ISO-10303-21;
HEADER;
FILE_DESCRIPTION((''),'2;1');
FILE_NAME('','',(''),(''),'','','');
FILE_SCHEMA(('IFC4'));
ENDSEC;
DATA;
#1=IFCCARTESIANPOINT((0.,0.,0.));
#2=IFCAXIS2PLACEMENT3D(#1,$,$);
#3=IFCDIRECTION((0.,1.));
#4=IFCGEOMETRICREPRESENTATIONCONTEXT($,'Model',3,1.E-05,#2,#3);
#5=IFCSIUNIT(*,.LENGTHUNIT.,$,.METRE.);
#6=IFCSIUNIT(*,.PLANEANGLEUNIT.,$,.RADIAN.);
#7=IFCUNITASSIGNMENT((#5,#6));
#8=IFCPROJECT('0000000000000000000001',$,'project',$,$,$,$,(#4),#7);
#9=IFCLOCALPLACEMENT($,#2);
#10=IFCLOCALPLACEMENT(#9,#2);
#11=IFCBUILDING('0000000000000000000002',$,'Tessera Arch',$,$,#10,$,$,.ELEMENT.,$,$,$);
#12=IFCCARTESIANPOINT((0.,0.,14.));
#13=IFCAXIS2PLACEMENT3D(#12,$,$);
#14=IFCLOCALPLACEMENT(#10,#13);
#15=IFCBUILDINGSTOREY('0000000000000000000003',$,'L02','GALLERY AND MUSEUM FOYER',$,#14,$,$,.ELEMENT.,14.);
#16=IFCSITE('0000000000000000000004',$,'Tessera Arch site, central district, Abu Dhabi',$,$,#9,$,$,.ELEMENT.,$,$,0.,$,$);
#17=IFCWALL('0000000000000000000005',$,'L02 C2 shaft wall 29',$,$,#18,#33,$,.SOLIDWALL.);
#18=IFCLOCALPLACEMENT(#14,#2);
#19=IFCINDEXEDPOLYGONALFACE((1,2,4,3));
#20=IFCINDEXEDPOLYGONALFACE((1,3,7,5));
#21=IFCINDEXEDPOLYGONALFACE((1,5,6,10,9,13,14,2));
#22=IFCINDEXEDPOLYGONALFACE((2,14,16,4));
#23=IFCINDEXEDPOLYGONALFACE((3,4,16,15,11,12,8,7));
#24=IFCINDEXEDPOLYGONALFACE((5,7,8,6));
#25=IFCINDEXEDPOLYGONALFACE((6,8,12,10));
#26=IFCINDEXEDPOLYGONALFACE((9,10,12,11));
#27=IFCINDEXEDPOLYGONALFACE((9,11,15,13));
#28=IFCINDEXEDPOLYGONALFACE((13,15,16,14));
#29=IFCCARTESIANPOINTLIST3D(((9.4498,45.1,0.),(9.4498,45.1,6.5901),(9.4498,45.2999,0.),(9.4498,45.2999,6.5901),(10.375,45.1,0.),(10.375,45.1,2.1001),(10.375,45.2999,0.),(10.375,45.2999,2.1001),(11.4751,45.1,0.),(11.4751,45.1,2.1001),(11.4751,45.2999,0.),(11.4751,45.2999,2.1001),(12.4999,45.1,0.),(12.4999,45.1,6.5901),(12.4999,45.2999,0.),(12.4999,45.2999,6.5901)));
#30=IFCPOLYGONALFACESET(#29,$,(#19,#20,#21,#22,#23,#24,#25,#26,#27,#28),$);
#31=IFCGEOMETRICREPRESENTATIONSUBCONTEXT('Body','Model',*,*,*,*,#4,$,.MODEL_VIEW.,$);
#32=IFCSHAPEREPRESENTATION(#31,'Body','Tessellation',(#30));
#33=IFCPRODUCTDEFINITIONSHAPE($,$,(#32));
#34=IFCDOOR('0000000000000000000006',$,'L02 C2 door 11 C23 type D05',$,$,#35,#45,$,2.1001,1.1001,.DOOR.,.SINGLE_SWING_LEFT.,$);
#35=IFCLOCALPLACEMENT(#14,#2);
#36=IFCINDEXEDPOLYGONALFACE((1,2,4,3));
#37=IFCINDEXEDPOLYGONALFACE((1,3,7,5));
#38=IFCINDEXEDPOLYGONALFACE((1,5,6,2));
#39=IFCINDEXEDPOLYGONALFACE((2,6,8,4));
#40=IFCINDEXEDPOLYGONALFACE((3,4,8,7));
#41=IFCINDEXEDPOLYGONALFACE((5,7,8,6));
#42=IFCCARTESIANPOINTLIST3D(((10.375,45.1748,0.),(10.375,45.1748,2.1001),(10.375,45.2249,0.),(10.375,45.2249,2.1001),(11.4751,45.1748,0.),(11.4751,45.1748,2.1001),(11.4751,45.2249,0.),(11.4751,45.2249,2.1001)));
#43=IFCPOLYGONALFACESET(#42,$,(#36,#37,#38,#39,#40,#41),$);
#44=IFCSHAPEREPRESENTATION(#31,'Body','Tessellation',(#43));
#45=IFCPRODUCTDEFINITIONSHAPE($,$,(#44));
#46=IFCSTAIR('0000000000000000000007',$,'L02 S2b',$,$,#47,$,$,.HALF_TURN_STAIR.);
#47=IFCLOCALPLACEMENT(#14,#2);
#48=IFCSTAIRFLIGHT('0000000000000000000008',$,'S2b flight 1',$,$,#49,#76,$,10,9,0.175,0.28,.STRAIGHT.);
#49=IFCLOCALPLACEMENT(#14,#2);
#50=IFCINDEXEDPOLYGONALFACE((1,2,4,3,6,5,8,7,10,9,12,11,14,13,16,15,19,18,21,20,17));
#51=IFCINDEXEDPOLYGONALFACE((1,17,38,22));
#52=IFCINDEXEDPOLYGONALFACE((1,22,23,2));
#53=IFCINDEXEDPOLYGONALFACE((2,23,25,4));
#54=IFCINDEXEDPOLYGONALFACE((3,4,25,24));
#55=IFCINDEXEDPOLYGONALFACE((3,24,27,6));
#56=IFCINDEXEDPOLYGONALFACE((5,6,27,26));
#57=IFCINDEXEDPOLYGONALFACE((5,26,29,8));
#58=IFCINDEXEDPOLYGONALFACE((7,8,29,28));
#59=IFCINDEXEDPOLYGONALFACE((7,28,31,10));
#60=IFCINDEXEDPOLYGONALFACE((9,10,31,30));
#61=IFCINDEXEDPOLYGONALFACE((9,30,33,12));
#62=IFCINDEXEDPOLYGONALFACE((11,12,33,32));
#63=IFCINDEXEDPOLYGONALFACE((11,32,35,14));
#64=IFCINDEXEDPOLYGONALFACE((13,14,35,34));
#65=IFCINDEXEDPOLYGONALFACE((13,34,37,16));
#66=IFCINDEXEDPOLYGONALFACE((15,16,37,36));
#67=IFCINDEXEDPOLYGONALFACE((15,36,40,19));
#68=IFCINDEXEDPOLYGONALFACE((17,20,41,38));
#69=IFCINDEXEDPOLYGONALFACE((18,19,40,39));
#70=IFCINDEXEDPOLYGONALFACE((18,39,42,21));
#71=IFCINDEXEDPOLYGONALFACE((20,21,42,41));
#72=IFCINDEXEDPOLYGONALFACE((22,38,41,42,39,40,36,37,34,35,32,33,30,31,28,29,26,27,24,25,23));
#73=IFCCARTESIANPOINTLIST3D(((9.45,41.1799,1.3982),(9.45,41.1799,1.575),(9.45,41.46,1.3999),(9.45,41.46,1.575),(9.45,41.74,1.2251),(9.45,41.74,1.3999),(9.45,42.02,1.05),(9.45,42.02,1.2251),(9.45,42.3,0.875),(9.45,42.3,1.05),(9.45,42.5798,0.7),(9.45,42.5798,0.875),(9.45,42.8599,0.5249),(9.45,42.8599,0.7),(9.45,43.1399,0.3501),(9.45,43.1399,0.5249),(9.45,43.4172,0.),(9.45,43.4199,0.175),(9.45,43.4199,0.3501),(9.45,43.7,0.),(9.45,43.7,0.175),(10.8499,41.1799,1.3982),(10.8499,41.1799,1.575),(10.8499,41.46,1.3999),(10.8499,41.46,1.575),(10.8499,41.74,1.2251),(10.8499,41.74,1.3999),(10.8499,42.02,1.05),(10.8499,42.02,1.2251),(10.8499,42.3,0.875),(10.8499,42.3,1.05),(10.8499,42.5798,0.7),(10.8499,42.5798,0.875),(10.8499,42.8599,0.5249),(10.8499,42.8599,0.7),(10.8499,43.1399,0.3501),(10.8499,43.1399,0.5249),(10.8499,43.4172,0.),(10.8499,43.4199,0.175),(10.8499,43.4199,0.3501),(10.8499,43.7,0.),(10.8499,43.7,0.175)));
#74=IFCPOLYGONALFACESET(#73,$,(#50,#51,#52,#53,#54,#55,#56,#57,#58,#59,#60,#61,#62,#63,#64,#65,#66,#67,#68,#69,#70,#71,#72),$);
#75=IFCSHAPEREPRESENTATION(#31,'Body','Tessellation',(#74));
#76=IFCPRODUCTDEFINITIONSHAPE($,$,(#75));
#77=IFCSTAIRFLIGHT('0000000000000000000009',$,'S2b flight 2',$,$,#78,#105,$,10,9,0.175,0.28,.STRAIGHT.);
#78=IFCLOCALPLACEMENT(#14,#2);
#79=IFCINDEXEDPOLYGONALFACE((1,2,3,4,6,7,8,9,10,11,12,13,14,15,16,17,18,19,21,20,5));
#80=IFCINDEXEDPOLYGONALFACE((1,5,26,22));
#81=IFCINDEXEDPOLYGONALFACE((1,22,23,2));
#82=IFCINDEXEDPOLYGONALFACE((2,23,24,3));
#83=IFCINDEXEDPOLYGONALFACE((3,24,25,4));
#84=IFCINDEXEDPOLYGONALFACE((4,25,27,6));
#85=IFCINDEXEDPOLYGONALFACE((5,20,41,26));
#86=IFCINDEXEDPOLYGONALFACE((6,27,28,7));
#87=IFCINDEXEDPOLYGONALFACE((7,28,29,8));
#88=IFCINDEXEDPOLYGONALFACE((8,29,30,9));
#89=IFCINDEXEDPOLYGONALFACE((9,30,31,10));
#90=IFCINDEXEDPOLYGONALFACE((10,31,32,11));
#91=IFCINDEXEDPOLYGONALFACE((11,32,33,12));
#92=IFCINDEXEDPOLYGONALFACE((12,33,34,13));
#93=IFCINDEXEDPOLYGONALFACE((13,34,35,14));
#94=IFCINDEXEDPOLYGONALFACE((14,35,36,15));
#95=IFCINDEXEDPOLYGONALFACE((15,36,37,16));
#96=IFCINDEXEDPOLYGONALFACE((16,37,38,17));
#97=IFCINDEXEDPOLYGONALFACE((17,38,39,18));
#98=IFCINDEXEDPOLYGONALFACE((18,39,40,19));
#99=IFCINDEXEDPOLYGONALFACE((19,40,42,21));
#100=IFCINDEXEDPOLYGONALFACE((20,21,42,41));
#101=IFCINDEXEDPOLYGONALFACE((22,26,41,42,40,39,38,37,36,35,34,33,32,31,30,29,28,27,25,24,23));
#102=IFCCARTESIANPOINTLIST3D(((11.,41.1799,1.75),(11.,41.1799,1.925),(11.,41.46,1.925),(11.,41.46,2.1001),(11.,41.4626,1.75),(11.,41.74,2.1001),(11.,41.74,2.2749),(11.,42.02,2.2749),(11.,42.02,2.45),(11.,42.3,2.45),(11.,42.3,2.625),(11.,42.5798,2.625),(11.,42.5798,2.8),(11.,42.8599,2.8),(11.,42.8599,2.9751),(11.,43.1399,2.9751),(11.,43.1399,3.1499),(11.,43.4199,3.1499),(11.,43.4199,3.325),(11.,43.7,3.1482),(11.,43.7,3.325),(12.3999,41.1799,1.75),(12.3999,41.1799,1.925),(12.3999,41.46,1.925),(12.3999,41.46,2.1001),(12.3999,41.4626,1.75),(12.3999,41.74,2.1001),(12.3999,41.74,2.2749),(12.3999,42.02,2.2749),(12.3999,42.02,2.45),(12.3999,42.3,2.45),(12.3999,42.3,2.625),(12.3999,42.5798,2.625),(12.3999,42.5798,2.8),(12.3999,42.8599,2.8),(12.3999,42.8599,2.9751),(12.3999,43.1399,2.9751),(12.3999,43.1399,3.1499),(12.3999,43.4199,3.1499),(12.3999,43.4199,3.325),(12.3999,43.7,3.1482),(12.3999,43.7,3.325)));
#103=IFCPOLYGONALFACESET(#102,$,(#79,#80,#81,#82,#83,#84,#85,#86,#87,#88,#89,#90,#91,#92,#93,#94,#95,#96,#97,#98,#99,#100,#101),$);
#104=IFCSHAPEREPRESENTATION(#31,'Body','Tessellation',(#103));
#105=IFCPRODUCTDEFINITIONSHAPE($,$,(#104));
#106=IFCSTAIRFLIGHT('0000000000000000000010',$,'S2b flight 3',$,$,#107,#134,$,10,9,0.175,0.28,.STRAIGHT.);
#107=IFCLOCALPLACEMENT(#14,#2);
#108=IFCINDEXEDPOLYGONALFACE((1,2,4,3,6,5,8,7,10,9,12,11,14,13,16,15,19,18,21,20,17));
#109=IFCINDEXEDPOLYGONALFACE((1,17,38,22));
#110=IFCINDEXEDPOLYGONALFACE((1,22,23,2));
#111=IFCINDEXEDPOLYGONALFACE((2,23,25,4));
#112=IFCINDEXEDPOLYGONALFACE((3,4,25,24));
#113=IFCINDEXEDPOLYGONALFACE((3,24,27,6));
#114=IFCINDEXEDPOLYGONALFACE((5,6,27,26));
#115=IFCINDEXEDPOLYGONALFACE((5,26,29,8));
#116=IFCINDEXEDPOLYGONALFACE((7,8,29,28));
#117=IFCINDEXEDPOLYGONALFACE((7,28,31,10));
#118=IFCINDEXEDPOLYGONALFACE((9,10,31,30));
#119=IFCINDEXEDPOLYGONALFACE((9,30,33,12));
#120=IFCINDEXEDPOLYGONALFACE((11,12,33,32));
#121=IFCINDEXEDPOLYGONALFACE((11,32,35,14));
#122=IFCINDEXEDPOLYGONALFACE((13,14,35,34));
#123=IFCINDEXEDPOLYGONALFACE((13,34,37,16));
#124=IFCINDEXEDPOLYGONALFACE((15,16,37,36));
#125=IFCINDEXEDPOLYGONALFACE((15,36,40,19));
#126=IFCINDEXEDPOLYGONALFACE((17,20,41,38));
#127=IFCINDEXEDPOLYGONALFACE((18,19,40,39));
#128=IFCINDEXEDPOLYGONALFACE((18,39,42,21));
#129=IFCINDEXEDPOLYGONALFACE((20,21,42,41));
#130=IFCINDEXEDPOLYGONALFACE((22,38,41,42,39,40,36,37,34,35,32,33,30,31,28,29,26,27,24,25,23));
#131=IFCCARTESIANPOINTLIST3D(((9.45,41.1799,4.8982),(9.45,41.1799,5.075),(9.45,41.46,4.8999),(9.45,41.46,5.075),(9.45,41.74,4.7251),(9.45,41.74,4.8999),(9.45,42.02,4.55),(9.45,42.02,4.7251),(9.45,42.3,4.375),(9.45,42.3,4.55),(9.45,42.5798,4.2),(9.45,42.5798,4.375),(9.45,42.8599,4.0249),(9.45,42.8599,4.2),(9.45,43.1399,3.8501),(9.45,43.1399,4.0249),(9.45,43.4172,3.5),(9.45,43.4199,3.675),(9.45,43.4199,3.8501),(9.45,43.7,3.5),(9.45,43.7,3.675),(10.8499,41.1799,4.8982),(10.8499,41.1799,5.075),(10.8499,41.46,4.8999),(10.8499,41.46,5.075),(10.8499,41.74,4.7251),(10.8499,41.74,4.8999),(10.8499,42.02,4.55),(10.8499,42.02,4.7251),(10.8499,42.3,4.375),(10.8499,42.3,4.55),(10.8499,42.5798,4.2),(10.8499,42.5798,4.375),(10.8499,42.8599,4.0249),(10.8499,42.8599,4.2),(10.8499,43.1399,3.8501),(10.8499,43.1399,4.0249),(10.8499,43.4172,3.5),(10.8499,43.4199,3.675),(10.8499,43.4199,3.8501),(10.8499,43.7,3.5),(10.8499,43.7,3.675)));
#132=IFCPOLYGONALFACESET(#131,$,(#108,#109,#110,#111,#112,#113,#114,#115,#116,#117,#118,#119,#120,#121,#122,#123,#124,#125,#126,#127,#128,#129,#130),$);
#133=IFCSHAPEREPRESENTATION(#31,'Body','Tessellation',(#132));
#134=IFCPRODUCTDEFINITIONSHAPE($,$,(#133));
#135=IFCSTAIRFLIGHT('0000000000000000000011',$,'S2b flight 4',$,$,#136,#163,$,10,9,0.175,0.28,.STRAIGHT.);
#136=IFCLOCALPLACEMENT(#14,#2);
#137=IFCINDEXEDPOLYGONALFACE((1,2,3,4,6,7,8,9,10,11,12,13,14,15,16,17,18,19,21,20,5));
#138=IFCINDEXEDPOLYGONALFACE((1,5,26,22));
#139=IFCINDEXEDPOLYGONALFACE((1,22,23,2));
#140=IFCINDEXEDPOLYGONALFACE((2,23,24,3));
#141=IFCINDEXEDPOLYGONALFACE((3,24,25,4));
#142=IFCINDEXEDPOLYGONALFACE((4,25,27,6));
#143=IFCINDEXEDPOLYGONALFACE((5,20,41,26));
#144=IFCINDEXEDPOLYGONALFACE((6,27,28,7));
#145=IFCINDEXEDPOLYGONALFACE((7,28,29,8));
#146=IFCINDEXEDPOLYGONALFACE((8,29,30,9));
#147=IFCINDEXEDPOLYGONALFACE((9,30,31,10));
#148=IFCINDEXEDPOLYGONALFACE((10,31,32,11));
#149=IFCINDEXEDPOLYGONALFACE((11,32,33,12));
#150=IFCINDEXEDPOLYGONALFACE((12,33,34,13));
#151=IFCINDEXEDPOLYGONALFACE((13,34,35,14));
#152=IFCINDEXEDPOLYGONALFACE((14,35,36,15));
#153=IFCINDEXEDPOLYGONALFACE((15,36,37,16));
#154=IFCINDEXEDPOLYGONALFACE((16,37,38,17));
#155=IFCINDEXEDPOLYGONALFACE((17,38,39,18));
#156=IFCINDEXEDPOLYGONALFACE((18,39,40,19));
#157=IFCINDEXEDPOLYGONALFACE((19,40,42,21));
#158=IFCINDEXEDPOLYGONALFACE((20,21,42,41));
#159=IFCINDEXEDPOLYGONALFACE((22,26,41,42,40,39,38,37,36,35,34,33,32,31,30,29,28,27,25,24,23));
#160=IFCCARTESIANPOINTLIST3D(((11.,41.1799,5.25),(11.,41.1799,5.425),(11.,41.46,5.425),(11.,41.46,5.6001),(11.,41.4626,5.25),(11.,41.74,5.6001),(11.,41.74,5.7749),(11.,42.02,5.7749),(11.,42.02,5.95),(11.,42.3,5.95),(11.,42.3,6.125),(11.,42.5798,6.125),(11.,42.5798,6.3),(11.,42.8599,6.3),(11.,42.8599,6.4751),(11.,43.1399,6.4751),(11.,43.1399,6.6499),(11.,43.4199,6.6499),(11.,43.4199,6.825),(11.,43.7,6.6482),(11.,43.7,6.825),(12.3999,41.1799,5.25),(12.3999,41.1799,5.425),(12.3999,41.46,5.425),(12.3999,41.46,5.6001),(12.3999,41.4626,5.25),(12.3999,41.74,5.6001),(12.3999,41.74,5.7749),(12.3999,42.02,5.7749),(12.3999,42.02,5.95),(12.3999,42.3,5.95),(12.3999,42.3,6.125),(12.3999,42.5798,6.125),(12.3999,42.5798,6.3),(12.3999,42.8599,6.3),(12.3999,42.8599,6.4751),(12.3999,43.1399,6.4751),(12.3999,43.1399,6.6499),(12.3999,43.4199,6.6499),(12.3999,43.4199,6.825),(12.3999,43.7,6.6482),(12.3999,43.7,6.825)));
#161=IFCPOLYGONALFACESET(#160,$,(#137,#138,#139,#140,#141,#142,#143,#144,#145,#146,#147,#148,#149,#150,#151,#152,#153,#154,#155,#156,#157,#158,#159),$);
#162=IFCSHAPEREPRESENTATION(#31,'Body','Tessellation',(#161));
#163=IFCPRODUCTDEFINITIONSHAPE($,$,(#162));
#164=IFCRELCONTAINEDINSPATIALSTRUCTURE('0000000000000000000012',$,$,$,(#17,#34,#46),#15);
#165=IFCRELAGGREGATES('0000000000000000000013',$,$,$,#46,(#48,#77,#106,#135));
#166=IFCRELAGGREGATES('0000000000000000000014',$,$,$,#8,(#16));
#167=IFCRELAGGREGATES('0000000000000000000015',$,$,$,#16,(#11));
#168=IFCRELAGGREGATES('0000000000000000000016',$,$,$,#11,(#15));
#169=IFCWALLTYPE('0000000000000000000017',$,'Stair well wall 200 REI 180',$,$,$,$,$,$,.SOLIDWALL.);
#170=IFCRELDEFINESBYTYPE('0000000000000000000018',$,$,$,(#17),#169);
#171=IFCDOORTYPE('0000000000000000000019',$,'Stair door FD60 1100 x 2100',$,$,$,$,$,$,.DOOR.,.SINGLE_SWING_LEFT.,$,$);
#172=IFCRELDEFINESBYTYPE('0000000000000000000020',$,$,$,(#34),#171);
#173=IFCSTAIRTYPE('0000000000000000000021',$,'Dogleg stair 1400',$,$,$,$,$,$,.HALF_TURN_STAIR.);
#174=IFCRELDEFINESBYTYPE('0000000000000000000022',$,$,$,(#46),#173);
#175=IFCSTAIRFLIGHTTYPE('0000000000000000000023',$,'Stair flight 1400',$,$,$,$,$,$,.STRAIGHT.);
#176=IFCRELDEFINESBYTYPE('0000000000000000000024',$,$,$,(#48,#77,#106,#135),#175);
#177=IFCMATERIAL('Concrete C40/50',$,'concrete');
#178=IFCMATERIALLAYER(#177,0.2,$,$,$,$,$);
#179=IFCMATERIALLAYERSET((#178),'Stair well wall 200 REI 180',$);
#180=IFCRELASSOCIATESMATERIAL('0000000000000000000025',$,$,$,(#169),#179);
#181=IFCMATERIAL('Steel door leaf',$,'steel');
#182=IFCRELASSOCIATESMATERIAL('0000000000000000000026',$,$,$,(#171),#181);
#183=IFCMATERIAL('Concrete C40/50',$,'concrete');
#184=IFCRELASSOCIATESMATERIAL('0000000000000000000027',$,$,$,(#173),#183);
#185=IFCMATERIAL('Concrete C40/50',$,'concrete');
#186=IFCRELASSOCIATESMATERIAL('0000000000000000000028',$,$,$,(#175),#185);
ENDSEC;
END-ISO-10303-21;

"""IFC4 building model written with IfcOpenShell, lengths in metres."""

from ifc_helpers import new_model, si_unit, direction, frame, frame_2d, origin, place, context, subcontext, project, spatial, polyline, rectangle, outline, extrude, material, layer, layer_set, type_object, element, fill, aggregate, save


model = new_model("IFC4")

# Units and contexts
model_context = context("Model", 3, precision=1e-05, world=origin(), true_north=direction((0.0, 1.0)))
body_context = subcontext(model_context, "Body", "Model", "MODEL_VIEW")
ifc_project = project(units=[si_unit("LENGTHUNIT", "METRE"), si_unit("PLANEANGLEUNIT", "RADIAN")], contexts=[model_context])

# Site, building, storey
site_placement = place(None, origin())
site = spatial("IfcSite", under=ifc_project, at=site_placement, Name="Tessera Arch site, central district, Abu Dhabi", CompositionType="ELEMENT", RefElevation=0.0)
building_placement = place(site_placement, origin())
building = spatial("IfcBuilding", under=site, at=building_placement, Name="Tessera Arch", CompositionType="ELEMENT")
storey_placement = place(building_placement, frame((0.0, 0.0, 14.0)))
storey = spatial("IfcBuildingStorey", under=building, at=storey_placement, Name="L02", Description="GALLERY AND MUSEUM FOYER", CompositionType="ELEMENT", Elevation=14.0)

# Shared definitions
ifc_material_1 = material(Name="Concrete C40/50", Category="concrete")
ifc_layer_1 = layer(ifc_material_1, 0.2)
ifc_layer_set_1 = layer_set([ifc_layer_1], Name="Stair well wall 200 REI 180")
wall_type_1 = type_object("IfcWallType", Name="Stair well wall 200 REI 180", PredefinedType="SOLIDWALL", material=ifc_layer_set_1)

# Wall, opening, door
wall_1_placement = place(storey_placement, frame((9.45, 45.2, 0.0), z_axis=(0.0, 0.0, 1.0), x_axis=(1.0, 0.0, 0.0)))
wall_1 = element("IfcWall", 1, at=wall_1_placement, inside=storey, type_object=wall_type_1, Name="L02 C2 shaft wall 29", PredefinedType="SOLIDWALL", context=body_context, shape_type="SweptSolid", body=[
    extrude(rectangle(XDim=3.05, YDim=0.2, at=frame_2d((1.5249, 0.0))), origin(), (0.0, 0.0, 1.0), 6.5901),
])
opening_1_placement = place(wall_1_placement, frame((0.925, 0.0, 0.0)))
opening_1 = element("IfcOpeningElement", 2, at=opening_1_placement, cuts=wall_1, PredefinedType="OPENING", context=body_context, shape_type="SweptSolid", body=[
    extrude(rectangle(XDim=1.1001, YDim=2.1001, at=frame_2d((0.55, 1.05))), frame((0.0, 0.1099, 0.0), z_axis=(0.0, -1.0, 0.0), x_axis=(1.0, 0.0, 0.0)), (0.0, 0.0, 1.0), 0.22),
])
ifc_material_2 = material(Name="Steel door leaf", Category="steel")
door_type_1 = type_object("IfcDoorType", Name="Stair door FD60 1100 x 2100", OperationType="SINGLE_SWING_LEFT", PredefinedType="DOOR", material=ifc_material_2)
door_1_placement = place(opening_1_placement, origin())
door_1 = element("IfcDoor", 3, at=door_1_placement, inside=storey, type_object=door_type_1, Name="L02 C2 door 11 C23 type D05", OperationType="SINGLE_SWING_LEFT", OverallHeight=2.1001, OverallWidth=1.1001, PredefinedType="DOOR", context=body_context, shape_type="SweptSolid", body=[
    extrude(rectangle(XDim=1.1001, YDim=2.1001, at=frame_2d((0.55, 1.05))), frame((0.0, 0.0249, 0.0), z_axis=(0.0, -1.0, 0.0), x_axis=(1.0, 0.0, 0.0)), (0.0, 0.0, 1.0), 0.05),
])
fill(opening_1, door_1)

# Stair, stair flights
ifc_material_3 = material(Name="Concrete C40/50", Category="concrete")
stair_type = type_object("IfcStairType", Name="Dogleg stair 1400", PredefinedType="HALF_TURN_STAIR", material=ifc_material_3)
stair_placement = place(storey_placement, origin())
stair = element("IfcStair", 4, at=stair_placement, inside=storey, type_object=stair_type, Name="L02 S2b", PredefinedType="HALF_TURN_STAIR")
ifc_material_4 = material(Name="Concrete C40/50", Category="concrete")
stair_flight_type = type_object("IfcStairFlightType", Name="Stair flight 1400", PredefinedType="STRAIGHT", material=ifc_material_4)
stair_flight_1_placement = place(storey_placement, frame((10.1499, 43.7, 0.0), z_axis=(0.0, 0.0, 1.0), x_axis=(0.0, -1.0, 0.0)))
stair_flight_1 = element("IfcStairFlight", 5, at=stair_flight_1_placement, type_object=stair_flight_type, Name="S2b flight 1", NumberOfRisers=10, NumberOfTreads=9, PredefinedType="STRAIGHT", RiserHeight=0.175, TreadLength=0.28, context=body_context, shape_type="SweptSolid", body=[
    extrude(outline(polyline([(0.0, 0.0), (0.0, 0.175), (0.28, 0.175), (0.28, 0.3501), (0.5601, 0.3501), (0.5601, 0.5249), (0.8401, 0.5249), (0.8401, 0.7), (1.1201, 0.7), (1.1201, 0.875), (1.3999, 0.875), (1.3999, 1.05), (1.6799, 1.05), (1.6799, 1.2251), (1.96, 1.2251), (1.96, 1.3999), (2.24, 1.3999), (2.24, 1.575), (2.52, 1.575), (2.52, 1.75), (2.52, 1.3982), (0.2827, 0.0), (0.0, 0.0)])), frame((0.0, 0.7, 0.0), z_axis=(0.0, -1.0, 0.0), x_axis=(1.0, 0.0, 0.0)), (0.0, 0.0, 1.0), 1.3999),
])
stair_flight_2_placement = place(storey_placement, frame((11.7, 41.1799, 1.75), z_axis=(0.0, 0.0, 1.0), x_axis=(0.0, 1.0, 0.0)))
stair_flight_2 = element("IfcStairFlight", 6, at=stair_flight_2_placement, type_object=stair_flight_type, Name="S2b flight 2", NumberOfRisers=10, NumberOfTreads=9, PredefinedType="STRAIGHT", RiserHeight=0.175, TreadLength=0.28, context=body_context, shape_type="SweptSolid", body=[
    extrude(outline(polyline([(0.0, 0.0), (0.0, 0.175), (0.28, 0.175), (0.28, 0.3501), (0.5601, 0.3501), (0.5601, 0.5249), (0.8401, 0.5249), (0.8401, 0.7), (1.1201, 0.7), (1.1201, 0.875), (1.3999, 0.875), (1.3999, 1.05), (1.6799, 1.05), (1.6799, 1.2251), (1.96, 1.2251), (1.96, 1.3999), (2.24, 1.3999), (2.24, 1.575), (2.52, 1.575), (2.52, 1.75), (2.52, 1.3982), (0.2827, 0.0), (0.0, 0.0)])), frame((0.0, 0.7, 0.0), z_axis=(0.0, -1.0, 0.0), x_axis=(1.0, 0.0, 0.0)), (0.0, 0.0, 1.0), 1.3999),
])
stair_flight_3_placement = place(storey_placement, frame((10.1499, 43.7, 3.5), z_axis=(0.0, 0.0, 1.0), x_axis=(0.0, -1.0, 0.0)))
stair_flight_3 = element("IfcStairFlight", 7, at=stair_flight_3_placement, type_object=stair_flight_type, Name="S2b flight 3", NumberOfRisers=10, NumberOfTreads=9, PredefinedType="STRAIGHT", RiserHeight=0.175, TreadLength=0.28, context=body_context, shape_type="SweptSolid", body=[
    extrude(outline(polyline([(0.0, 0.0), (0.0, 0.175), (0.28, 0.175), (0.28, 0.3501), (0.5601, 0.3501), (0.5601, 0.5249), (0.8401, 0.5249), (0.8401, 0.7), (1.1201, 0.7), (1.1201, 0.875), (1.3999, 0.875), (1.3999, 1.05), (1.6799, 1.05), (1.6799, 1.2251), (1.96, 1.2251), (1.96, 1.3999), (2.24, 1.3999), (2.24, 1.575), (2.52, 1.575), (2.52, 1.75), (2.52, 1.3982), (0.2827, 0.0), (0.0, 0.0)])), frame((0.0, 0.7, 0.0), z_axis=(0.0, -1.0, 0.0), x_axis=(1.0, 0.0, 0.0)), (0.0, 0.0, 1.0), 1.3999),
])
stair_flight_4_placement = place(storey_placement, frame((11.7, 41.1799, 5.25), z_axis=(0.0, 0.0, 1.0), x_axis=(0.0, 1.0, 0.0)))
stair_flight_4 = element("IfcStairFlight", 8, at=stair_flight_4_placement, type_object=stair_flight_type, Name="S2b flight 4", NumberOfRisers=10, NumberOfTreads=9, PredefinedType="STRAIGHT", RiserHeight=0.175, TreadLength=0.28, context=body_context, shape_type="SweptSolid", body=[
    extrude(outline(polyline([(0.0, 0.0), (0.0, 0.175), (0.28, 0.175), (0.28, 0.3501), (0.5601, 0.3501), (0.5601, 0.5249), (0.8401, 0.5249), (0.8401, 0.7), (1.1201, 0.7), (1.1201, 0.875), (1.3999, 0.875), (1.3999, 1.05), (1.6799, 1.05), (1.6799, 1.2251), (1.96, 1.2251), (1.96, 1.3999), (2.24, 1.3999), (2.24, 1.575), (2.52, 1.575), (2.52, 1.75), (2.52, 1.3982), (0.2827, 0.0), (0.0, 0.0)])), frame((0.0, 0.7, 0.0), z_axis=(0.0, -1.0, 0.0), x_axis=(1.0, 0.0, 0.0)), (0.0, 0.0, 1.0), 1.3999),
])
aggregate(stair, [stair_flight_1, stair_flight_2, stair_flight_3, stair_flight_4])

save(model, "model.ifc")
